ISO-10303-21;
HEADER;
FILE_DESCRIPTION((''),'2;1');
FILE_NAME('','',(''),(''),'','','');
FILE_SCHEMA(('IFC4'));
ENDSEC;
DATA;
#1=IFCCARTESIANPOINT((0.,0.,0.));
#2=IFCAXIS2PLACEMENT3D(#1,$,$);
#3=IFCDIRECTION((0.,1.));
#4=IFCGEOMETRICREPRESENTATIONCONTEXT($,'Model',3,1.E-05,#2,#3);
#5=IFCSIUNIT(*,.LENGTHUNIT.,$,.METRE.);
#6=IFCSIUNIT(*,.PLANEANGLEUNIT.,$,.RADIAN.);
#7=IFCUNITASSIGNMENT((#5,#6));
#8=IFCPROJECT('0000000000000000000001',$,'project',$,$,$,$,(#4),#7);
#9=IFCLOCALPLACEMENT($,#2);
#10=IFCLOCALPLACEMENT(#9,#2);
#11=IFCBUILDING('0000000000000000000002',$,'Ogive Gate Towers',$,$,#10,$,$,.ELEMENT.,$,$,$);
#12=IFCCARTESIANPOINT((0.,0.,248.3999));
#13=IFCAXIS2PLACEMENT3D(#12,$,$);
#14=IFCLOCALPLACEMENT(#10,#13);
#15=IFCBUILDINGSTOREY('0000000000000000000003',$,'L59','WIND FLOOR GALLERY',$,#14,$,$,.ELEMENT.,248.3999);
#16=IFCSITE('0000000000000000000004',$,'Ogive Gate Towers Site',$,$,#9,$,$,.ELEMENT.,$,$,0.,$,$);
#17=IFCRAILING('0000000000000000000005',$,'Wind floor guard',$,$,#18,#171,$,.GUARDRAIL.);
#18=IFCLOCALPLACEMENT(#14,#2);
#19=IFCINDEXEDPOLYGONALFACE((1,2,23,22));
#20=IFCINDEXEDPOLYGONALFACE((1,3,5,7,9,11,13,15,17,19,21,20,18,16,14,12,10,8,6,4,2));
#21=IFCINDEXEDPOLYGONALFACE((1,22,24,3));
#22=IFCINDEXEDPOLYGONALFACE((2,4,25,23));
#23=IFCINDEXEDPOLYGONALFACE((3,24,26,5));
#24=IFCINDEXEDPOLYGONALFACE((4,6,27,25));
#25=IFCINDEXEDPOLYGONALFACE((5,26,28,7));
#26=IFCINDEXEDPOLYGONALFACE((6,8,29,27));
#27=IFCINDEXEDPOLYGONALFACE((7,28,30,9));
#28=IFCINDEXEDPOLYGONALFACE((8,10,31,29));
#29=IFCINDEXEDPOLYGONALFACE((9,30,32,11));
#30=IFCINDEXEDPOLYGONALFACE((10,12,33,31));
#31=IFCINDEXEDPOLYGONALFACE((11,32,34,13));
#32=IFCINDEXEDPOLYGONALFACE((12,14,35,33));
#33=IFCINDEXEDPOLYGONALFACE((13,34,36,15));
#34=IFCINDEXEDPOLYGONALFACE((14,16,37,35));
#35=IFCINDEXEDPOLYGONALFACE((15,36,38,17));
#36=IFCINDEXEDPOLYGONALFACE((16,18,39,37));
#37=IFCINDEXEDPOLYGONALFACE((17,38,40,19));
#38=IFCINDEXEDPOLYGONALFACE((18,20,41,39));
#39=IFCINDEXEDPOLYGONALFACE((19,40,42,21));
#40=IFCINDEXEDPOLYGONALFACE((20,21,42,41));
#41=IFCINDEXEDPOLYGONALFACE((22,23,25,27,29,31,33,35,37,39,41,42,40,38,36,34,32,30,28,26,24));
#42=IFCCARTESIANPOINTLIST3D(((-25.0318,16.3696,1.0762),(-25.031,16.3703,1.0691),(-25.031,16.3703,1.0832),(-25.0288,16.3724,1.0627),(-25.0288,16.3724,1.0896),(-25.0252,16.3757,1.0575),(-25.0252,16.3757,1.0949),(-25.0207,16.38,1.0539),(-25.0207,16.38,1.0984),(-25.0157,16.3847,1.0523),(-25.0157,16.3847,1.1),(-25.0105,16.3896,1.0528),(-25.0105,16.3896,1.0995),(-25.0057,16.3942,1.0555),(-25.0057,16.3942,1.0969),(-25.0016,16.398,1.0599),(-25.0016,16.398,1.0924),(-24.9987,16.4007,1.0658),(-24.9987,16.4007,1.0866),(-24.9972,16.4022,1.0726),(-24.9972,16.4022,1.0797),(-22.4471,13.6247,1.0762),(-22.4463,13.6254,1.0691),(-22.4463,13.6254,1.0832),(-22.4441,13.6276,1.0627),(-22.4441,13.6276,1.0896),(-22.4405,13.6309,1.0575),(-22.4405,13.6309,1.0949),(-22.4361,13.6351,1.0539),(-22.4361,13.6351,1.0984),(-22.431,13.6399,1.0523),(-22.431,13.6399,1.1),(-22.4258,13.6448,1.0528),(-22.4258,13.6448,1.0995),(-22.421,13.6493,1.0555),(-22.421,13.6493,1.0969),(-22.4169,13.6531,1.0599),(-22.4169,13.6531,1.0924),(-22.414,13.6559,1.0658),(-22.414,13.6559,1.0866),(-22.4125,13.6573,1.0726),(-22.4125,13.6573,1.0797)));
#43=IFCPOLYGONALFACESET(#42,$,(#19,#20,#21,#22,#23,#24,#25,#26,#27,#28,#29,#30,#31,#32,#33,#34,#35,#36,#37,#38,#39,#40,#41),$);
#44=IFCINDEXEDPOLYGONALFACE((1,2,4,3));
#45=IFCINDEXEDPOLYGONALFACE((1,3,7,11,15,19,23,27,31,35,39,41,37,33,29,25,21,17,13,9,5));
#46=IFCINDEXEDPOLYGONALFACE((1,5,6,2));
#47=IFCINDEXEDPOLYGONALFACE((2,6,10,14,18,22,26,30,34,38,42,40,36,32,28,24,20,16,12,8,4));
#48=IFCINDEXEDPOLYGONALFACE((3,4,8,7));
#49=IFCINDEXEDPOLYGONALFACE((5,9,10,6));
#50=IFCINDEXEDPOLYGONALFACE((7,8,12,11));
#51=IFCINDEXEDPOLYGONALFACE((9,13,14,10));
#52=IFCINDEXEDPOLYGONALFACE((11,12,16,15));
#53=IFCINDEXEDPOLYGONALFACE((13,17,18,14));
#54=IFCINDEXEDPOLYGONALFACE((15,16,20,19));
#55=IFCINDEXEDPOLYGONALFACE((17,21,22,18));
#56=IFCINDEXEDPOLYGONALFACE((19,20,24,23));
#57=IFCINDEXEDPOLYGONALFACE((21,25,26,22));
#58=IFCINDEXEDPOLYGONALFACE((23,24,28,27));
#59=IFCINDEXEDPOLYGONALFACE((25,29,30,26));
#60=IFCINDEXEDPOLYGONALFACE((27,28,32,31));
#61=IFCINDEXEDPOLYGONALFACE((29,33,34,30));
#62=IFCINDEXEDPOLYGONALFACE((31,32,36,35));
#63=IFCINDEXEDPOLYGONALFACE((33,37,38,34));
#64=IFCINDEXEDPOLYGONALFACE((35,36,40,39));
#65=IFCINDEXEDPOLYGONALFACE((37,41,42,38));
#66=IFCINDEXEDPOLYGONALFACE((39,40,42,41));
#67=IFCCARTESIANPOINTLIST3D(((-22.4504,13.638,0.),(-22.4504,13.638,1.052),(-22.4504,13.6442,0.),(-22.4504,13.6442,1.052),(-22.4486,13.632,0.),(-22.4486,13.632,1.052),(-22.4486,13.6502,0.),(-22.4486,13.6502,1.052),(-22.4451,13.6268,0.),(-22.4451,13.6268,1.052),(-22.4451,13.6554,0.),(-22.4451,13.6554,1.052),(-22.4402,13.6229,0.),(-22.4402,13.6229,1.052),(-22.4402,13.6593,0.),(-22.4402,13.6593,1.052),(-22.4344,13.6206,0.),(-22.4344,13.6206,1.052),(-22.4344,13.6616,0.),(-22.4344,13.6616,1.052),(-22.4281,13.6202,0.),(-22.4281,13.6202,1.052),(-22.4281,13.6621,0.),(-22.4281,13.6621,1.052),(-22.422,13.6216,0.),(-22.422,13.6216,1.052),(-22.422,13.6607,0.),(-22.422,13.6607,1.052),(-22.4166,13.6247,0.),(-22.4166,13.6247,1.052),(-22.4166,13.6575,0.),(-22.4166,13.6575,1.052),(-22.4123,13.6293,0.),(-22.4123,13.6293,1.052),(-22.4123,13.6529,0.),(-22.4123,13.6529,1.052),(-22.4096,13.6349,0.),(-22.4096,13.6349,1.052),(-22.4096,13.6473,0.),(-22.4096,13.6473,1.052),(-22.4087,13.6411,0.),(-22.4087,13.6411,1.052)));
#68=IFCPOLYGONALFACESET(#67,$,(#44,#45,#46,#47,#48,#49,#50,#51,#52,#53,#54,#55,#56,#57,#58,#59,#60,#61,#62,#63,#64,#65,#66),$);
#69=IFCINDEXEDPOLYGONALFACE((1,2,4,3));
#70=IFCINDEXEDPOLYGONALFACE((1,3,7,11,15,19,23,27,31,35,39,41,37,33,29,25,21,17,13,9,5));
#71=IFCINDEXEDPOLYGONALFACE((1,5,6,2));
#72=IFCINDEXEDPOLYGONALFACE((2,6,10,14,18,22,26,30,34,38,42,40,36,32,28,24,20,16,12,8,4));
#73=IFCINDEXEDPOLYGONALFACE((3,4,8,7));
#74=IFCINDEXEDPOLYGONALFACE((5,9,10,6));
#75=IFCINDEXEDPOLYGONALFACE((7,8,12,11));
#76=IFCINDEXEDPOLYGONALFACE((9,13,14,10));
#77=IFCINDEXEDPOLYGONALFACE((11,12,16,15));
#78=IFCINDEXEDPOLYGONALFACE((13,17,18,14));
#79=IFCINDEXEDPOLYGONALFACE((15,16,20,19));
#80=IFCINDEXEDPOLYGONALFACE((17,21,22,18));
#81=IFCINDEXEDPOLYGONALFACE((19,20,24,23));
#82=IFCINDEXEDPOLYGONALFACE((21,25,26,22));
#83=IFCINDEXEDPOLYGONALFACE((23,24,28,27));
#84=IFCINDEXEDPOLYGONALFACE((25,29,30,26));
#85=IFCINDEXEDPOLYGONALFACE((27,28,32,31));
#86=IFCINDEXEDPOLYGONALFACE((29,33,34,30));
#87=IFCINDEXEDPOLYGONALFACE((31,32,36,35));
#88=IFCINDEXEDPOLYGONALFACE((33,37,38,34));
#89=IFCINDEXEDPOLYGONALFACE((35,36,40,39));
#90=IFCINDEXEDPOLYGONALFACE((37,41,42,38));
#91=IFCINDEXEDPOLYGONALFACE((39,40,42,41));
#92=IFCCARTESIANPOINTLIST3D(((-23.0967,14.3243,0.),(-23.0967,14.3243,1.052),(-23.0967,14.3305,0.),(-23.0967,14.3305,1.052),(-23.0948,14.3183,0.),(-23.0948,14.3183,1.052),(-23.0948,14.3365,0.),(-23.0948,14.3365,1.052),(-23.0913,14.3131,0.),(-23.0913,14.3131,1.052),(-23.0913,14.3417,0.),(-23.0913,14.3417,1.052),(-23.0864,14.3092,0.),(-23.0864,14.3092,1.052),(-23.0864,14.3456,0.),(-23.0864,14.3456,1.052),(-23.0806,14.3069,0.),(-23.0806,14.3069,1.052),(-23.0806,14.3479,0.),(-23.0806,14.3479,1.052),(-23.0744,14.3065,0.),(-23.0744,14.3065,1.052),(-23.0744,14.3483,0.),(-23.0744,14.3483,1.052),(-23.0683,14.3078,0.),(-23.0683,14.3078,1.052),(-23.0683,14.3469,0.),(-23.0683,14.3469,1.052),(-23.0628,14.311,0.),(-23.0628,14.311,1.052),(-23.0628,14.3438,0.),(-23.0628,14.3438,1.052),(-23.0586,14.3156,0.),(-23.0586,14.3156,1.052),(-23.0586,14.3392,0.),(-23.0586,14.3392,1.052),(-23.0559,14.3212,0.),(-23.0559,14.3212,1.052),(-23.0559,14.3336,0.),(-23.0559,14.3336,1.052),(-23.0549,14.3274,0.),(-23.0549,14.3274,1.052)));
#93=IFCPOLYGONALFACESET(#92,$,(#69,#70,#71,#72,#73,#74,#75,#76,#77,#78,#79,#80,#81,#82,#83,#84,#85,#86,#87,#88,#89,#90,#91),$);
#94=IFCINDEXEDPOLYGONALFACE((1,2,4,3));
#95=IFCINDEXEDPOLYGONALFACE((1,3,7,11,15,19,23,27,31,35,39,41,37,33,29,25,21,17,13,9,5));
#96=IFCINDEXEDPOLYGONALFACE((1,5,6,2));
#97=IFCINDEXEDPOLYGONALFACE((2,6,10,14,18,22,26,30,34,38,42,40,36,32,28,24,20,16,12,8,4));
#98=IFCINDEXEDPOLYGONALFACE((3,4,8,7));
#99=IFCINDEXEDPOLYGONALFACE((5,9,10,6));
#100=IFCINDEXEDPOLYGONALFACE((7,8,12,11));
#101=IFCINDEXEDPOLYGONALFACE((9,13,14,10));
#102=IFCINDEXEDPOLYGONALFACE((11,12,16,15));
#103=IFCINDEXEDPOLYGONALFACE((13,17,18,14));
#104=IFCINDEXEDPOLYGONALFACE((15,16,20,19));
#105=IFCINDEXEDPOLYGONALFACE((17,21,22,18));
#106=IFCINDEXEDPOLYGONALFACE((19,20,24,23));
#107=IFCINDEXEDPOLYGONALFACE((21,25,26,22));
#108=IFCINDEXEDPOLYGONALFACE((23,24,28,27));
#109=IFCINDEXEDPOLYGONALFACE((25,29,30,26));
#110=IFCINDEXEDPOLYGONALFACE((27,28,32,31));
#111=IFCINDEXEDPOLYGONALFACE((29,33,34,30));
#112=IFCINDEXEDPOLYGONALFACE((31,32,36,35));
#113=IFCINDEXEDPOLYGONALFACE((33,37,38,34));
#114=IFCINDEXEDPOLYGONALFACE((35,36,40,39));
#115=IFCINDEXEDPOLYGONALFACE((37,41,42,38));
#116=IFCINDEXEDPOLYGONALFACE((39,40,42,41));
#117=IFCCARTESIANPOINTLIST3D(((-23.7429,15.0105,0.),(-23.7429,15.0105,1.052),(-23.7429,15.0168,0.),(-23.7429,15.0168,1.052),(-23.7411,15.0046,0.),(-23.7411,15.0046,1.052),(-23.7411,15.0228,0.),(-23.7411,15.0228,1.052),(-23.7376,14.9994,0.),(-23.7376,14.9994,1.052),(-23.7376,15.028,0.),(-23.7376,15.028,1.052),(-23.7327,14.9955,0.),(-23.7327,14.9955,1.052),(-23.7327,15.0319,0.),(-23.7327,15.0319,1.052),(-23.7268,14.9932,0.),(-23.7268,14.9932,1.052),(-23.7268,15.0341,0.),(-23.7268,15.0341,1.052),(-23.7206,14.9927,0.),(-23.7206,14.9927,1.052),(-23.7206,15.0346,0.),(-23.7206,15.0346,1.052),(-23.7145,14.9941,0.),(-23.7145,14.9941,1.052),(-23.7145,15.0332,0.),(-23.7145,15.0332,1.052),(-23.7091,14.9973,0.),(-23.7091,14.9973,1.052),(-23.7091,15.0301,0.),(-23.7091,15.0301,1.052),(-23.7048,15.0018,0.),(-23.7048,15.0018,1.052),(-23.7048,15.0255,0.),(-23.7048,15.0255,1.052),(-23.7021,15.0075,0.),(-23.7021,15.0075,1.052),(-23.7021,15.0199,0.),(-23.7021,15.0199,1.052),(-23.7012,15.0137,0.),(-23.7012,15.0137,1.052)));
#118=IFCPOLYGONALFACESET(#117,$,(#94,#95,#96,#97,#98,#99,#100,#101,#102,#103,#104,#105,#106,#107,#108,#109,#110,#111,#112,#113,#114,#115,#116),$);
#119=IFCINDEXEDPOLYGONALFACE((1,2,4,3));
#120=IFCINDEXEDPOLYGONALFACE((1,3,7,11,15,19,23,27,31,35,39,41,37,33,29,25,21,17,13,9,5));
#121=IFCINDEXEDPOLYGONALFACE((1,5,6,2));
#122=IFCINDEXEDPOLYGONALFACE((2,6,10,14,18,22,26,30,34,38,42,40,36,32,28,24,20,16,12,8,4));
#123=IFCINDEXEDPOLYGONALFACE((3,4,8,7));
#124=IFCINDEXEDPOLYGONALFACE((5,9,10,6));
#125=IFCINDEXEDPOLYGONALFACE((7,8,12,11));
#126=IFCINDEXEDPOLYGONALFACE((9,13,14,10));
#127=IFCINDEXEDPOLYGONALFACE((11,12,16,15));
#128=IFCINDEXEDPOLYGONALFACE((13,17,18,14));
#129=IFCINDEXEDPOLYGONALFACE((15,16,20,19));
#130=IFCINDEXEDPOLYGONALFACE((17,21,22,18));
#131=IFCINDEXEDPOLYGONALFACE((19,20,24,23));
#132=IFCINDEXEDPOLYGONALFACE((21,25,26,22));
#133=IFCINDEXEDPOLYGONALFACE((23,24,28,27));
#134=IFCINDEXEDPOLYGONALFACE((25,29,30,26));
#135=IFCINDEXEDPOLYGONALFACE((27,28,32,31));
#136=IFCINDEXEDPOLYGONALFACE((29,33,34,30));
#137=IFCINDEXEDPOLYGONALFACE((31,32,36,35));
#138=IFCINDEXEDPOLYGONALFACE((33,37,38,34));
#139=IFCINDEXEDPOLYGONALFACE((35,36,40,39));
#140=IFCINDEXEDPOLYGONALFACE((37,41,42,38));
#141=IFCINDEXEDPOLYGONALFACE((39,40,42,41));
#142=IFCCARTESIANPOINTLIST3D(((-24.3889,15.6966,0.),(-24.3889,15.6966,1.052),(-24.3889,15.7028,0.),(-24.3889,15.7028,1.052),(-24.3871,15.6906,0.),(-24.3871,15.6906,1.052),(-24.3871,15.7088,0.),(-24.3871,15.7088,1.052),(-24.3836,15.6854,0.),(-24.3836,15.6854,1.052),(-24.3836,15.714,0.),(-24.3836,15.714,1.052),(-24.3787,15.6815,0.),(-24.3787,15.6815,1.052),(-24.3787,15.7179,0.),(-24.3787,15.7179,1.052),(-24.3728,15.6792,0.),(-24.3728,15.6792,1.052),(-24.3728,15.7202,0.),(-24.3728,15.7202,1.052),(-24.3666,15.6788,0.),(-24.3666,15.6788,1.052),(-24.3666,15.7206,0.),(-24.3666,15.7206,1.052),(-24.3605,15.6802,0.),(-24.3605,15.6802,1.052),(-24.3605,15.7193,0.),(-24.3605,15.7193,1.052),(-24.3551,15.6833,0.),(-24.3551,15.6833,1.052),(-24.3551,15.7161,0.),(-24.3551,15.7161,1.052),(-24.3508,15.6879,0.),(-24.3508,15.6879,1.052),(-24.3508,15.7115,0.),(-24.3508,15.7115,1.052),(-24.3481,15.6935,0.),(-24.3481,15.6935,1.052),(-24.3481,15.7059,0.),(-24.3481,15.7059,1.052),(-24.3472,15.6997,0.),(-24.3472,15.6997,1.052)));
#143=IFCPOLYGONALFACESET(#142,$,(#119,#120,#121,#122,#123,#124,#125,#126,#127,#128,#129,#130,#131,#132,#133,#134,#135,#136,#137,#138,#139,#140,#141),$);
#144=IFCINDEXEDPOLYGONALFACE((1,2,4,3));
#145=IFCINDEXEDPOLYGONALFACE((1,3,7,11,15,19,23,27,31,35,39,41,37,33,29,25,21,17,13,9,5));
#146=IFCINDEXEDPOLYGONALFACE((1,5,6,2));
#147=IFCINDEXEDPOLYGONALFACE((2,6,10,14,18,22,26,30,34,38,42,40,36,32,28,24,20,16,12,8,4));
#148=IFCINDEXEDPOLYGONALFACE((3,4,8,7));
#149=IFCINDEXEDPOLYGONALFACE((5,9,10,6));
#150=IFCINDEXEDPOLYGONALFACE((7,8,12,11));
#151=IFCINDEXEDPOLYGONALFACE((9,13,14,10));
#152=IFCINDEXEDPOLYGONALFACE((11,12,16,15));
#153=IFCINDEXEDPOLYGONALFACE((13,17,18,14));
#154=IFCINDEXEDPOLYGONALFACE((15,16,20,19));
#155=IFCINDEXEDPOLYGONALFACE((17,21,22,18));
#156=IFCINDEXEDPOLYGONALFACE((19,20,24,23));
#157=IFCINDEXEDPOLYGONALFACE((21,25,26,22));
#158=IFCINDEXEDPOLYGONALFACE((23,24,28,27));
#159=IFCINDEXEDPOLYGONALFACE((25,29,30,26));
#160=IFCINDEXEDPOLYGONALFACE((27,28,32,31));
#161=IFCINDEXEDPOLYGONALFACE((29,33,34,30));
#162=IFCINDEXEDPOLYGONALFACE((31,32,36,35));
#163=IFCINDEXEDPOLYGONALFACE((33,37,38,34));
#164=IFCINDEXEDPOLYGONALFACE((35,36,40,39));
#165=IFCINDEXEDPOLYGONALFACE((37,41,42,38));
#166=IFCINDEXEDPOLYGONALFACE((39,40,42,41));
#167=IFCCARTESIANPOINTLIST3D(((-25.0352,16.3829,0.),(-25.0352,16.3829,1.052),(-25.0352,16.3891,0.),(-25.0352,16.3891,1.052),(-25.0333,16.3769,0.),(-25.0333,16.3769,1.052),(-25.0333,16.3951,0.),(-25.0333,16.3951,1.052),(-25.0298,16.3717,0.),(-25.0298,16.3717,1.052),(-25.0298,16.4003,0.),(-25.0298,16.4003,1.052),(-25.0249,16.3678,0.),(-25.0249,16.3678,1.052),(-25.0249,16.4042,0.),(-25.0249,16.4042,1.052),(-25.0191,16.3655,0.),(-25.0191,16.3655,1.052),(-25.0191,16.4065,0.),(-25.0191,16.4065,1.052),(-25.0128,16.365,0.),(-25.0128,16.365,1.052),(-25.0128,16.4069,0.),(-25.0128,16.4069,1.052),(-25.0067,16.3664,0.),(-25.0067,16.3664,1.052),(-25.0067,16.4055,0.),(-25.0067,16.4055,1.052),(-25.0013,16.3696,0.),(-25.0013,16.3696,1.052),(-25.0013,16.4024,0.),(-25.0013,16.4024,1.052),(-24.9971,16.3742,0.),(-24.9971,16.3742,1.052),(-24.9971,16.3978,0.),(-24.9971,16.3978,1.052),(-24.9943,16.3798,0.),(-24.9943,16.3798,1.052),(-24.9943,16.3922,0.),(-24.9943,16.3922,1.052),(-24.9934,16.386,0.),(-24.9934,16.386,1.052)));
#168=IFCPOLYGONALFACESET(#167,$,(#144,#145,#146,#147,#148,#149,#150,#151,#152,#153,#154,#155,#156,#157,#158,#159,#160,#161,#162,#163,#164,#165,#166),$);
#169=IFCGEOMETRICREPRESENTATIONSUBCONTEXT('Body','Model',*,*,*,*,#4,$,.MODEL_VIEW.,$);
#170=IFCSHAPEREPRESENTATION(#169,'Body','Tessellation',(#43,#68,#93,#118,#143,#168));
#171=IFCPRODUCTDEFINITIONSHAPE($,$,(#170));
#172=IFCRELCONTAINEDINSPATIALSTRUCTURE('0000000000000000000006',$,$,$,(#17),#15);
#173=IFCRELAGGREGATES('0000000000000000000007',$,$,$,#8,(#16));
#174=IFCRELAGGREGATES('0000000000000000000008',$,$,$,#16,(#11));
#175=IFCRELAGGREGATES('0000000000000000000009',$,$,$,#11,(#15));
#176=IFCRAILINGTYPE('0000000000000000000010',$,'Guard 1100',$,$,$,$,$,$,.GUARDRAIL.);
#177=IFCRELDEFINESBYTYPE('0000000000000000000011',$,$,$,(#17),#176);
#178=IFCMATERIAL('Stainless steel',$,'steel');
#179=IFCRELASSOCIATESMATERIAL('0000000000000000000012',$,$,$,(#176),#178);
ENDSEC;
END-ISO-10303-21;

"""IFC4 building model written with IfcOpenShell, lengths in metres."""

from ifc_helpers import new_model, si_unit, direction, frame, origin, origin_2d, place, context, subcontext, project, spatial, circle, extrude, material, type_object, element, save


model = new_model("IFC4")

# Units and contexts
model_context = context("Model", 3, precision=1e-05, world=origin(), true_north=direction((0.0, 1.0)))
body_context = subcontext(model_context, "Body", "Model", "MODEL_VIEW")
ifc_project = project(units=[si_unit("LENGTHUNIT", "METRE"), si_unit("PLANEANGLEUNIT", "RADIAN")], contexts=[model_context])

# Site, building, storey
site_placement = place(None, origin())
site = spatial("IfcSite", under=ifc_project, at=site_placement, Name="Ogive Gate Towers Site", CompositionType="ELEMENT", RefElevation=0.0)
building_placement = place(site_placement, origin())
building = spatial("IfcBuilding", under=site, at=building_placement, Name="Ogive Gate Towers", CompositionType="ELEMENT")
storey_placement = place(building_placement, frame((0.0, 0.0, 248.3999)))
storey = spatial("IfcBuildingStorey", under=building, at=storey_placement, Name="L59", Description="WIND FLOOR GALLERY", CompositionType="ELEMENT", Elevation=248.3999)

# Railing
ifc_material_1 = material(Name="Stainless steel", Category="steel")
railing_type = type_object("IfcRailingType", Name="Guard 1100", PredefinedType="GUARDRAIL", material=ifc_material_1)
railing_1_placement = place(storey_placement, frame((-22.4297, 13.6411, 0.0)))
element("IfcRailing", 1, at=railing_1_placement, inside=storey, type_object=railing_type, Name="Wind floor guard", PredefinedType="GUARDRAIL", context=body_context, shape_type="SweptSolid", body=[
    extrude(circle(Radius=0.0239, at=origin_2d()), frame((0.0, 0.0, 1.0762), z_axis=(-0.685548, 0.728027, 0.0), x_axis=(-0.728027, -0.685548, 0.0)), (0.0, 0.0, 1.0), 3.7703),
    extrude(circle(Radius=0.021, at=origin_2d()), origin(), (0.0, 0.0, 1.0), 1.052),
    extrude(circle(Radius=0.021, at=origin_2d()), frame((-0.6462, 0.6863, 0.0)), (0.0, 0.0, 1.0), 1.052),
    extrude(circle(Radius=0.021, at=origin_2d()), frame((-1.2925, 1.3726, 0.0)), (0.0, 0.0, 1.0), 1.052),
    extrude(circle(Radius=0.021, at=origin_2d()), frame((-1.9385, 2.0586, 0.0)), (0.0, 0.0, 1.0), 1.052),
    extrude(circle(Radius=0.021, at=origin_2d()), frame((-2.5847, 2.7449, 0.0)), (0.0, 0.0, 1.0), 1.052),
])

save(model, "model.ifc")
